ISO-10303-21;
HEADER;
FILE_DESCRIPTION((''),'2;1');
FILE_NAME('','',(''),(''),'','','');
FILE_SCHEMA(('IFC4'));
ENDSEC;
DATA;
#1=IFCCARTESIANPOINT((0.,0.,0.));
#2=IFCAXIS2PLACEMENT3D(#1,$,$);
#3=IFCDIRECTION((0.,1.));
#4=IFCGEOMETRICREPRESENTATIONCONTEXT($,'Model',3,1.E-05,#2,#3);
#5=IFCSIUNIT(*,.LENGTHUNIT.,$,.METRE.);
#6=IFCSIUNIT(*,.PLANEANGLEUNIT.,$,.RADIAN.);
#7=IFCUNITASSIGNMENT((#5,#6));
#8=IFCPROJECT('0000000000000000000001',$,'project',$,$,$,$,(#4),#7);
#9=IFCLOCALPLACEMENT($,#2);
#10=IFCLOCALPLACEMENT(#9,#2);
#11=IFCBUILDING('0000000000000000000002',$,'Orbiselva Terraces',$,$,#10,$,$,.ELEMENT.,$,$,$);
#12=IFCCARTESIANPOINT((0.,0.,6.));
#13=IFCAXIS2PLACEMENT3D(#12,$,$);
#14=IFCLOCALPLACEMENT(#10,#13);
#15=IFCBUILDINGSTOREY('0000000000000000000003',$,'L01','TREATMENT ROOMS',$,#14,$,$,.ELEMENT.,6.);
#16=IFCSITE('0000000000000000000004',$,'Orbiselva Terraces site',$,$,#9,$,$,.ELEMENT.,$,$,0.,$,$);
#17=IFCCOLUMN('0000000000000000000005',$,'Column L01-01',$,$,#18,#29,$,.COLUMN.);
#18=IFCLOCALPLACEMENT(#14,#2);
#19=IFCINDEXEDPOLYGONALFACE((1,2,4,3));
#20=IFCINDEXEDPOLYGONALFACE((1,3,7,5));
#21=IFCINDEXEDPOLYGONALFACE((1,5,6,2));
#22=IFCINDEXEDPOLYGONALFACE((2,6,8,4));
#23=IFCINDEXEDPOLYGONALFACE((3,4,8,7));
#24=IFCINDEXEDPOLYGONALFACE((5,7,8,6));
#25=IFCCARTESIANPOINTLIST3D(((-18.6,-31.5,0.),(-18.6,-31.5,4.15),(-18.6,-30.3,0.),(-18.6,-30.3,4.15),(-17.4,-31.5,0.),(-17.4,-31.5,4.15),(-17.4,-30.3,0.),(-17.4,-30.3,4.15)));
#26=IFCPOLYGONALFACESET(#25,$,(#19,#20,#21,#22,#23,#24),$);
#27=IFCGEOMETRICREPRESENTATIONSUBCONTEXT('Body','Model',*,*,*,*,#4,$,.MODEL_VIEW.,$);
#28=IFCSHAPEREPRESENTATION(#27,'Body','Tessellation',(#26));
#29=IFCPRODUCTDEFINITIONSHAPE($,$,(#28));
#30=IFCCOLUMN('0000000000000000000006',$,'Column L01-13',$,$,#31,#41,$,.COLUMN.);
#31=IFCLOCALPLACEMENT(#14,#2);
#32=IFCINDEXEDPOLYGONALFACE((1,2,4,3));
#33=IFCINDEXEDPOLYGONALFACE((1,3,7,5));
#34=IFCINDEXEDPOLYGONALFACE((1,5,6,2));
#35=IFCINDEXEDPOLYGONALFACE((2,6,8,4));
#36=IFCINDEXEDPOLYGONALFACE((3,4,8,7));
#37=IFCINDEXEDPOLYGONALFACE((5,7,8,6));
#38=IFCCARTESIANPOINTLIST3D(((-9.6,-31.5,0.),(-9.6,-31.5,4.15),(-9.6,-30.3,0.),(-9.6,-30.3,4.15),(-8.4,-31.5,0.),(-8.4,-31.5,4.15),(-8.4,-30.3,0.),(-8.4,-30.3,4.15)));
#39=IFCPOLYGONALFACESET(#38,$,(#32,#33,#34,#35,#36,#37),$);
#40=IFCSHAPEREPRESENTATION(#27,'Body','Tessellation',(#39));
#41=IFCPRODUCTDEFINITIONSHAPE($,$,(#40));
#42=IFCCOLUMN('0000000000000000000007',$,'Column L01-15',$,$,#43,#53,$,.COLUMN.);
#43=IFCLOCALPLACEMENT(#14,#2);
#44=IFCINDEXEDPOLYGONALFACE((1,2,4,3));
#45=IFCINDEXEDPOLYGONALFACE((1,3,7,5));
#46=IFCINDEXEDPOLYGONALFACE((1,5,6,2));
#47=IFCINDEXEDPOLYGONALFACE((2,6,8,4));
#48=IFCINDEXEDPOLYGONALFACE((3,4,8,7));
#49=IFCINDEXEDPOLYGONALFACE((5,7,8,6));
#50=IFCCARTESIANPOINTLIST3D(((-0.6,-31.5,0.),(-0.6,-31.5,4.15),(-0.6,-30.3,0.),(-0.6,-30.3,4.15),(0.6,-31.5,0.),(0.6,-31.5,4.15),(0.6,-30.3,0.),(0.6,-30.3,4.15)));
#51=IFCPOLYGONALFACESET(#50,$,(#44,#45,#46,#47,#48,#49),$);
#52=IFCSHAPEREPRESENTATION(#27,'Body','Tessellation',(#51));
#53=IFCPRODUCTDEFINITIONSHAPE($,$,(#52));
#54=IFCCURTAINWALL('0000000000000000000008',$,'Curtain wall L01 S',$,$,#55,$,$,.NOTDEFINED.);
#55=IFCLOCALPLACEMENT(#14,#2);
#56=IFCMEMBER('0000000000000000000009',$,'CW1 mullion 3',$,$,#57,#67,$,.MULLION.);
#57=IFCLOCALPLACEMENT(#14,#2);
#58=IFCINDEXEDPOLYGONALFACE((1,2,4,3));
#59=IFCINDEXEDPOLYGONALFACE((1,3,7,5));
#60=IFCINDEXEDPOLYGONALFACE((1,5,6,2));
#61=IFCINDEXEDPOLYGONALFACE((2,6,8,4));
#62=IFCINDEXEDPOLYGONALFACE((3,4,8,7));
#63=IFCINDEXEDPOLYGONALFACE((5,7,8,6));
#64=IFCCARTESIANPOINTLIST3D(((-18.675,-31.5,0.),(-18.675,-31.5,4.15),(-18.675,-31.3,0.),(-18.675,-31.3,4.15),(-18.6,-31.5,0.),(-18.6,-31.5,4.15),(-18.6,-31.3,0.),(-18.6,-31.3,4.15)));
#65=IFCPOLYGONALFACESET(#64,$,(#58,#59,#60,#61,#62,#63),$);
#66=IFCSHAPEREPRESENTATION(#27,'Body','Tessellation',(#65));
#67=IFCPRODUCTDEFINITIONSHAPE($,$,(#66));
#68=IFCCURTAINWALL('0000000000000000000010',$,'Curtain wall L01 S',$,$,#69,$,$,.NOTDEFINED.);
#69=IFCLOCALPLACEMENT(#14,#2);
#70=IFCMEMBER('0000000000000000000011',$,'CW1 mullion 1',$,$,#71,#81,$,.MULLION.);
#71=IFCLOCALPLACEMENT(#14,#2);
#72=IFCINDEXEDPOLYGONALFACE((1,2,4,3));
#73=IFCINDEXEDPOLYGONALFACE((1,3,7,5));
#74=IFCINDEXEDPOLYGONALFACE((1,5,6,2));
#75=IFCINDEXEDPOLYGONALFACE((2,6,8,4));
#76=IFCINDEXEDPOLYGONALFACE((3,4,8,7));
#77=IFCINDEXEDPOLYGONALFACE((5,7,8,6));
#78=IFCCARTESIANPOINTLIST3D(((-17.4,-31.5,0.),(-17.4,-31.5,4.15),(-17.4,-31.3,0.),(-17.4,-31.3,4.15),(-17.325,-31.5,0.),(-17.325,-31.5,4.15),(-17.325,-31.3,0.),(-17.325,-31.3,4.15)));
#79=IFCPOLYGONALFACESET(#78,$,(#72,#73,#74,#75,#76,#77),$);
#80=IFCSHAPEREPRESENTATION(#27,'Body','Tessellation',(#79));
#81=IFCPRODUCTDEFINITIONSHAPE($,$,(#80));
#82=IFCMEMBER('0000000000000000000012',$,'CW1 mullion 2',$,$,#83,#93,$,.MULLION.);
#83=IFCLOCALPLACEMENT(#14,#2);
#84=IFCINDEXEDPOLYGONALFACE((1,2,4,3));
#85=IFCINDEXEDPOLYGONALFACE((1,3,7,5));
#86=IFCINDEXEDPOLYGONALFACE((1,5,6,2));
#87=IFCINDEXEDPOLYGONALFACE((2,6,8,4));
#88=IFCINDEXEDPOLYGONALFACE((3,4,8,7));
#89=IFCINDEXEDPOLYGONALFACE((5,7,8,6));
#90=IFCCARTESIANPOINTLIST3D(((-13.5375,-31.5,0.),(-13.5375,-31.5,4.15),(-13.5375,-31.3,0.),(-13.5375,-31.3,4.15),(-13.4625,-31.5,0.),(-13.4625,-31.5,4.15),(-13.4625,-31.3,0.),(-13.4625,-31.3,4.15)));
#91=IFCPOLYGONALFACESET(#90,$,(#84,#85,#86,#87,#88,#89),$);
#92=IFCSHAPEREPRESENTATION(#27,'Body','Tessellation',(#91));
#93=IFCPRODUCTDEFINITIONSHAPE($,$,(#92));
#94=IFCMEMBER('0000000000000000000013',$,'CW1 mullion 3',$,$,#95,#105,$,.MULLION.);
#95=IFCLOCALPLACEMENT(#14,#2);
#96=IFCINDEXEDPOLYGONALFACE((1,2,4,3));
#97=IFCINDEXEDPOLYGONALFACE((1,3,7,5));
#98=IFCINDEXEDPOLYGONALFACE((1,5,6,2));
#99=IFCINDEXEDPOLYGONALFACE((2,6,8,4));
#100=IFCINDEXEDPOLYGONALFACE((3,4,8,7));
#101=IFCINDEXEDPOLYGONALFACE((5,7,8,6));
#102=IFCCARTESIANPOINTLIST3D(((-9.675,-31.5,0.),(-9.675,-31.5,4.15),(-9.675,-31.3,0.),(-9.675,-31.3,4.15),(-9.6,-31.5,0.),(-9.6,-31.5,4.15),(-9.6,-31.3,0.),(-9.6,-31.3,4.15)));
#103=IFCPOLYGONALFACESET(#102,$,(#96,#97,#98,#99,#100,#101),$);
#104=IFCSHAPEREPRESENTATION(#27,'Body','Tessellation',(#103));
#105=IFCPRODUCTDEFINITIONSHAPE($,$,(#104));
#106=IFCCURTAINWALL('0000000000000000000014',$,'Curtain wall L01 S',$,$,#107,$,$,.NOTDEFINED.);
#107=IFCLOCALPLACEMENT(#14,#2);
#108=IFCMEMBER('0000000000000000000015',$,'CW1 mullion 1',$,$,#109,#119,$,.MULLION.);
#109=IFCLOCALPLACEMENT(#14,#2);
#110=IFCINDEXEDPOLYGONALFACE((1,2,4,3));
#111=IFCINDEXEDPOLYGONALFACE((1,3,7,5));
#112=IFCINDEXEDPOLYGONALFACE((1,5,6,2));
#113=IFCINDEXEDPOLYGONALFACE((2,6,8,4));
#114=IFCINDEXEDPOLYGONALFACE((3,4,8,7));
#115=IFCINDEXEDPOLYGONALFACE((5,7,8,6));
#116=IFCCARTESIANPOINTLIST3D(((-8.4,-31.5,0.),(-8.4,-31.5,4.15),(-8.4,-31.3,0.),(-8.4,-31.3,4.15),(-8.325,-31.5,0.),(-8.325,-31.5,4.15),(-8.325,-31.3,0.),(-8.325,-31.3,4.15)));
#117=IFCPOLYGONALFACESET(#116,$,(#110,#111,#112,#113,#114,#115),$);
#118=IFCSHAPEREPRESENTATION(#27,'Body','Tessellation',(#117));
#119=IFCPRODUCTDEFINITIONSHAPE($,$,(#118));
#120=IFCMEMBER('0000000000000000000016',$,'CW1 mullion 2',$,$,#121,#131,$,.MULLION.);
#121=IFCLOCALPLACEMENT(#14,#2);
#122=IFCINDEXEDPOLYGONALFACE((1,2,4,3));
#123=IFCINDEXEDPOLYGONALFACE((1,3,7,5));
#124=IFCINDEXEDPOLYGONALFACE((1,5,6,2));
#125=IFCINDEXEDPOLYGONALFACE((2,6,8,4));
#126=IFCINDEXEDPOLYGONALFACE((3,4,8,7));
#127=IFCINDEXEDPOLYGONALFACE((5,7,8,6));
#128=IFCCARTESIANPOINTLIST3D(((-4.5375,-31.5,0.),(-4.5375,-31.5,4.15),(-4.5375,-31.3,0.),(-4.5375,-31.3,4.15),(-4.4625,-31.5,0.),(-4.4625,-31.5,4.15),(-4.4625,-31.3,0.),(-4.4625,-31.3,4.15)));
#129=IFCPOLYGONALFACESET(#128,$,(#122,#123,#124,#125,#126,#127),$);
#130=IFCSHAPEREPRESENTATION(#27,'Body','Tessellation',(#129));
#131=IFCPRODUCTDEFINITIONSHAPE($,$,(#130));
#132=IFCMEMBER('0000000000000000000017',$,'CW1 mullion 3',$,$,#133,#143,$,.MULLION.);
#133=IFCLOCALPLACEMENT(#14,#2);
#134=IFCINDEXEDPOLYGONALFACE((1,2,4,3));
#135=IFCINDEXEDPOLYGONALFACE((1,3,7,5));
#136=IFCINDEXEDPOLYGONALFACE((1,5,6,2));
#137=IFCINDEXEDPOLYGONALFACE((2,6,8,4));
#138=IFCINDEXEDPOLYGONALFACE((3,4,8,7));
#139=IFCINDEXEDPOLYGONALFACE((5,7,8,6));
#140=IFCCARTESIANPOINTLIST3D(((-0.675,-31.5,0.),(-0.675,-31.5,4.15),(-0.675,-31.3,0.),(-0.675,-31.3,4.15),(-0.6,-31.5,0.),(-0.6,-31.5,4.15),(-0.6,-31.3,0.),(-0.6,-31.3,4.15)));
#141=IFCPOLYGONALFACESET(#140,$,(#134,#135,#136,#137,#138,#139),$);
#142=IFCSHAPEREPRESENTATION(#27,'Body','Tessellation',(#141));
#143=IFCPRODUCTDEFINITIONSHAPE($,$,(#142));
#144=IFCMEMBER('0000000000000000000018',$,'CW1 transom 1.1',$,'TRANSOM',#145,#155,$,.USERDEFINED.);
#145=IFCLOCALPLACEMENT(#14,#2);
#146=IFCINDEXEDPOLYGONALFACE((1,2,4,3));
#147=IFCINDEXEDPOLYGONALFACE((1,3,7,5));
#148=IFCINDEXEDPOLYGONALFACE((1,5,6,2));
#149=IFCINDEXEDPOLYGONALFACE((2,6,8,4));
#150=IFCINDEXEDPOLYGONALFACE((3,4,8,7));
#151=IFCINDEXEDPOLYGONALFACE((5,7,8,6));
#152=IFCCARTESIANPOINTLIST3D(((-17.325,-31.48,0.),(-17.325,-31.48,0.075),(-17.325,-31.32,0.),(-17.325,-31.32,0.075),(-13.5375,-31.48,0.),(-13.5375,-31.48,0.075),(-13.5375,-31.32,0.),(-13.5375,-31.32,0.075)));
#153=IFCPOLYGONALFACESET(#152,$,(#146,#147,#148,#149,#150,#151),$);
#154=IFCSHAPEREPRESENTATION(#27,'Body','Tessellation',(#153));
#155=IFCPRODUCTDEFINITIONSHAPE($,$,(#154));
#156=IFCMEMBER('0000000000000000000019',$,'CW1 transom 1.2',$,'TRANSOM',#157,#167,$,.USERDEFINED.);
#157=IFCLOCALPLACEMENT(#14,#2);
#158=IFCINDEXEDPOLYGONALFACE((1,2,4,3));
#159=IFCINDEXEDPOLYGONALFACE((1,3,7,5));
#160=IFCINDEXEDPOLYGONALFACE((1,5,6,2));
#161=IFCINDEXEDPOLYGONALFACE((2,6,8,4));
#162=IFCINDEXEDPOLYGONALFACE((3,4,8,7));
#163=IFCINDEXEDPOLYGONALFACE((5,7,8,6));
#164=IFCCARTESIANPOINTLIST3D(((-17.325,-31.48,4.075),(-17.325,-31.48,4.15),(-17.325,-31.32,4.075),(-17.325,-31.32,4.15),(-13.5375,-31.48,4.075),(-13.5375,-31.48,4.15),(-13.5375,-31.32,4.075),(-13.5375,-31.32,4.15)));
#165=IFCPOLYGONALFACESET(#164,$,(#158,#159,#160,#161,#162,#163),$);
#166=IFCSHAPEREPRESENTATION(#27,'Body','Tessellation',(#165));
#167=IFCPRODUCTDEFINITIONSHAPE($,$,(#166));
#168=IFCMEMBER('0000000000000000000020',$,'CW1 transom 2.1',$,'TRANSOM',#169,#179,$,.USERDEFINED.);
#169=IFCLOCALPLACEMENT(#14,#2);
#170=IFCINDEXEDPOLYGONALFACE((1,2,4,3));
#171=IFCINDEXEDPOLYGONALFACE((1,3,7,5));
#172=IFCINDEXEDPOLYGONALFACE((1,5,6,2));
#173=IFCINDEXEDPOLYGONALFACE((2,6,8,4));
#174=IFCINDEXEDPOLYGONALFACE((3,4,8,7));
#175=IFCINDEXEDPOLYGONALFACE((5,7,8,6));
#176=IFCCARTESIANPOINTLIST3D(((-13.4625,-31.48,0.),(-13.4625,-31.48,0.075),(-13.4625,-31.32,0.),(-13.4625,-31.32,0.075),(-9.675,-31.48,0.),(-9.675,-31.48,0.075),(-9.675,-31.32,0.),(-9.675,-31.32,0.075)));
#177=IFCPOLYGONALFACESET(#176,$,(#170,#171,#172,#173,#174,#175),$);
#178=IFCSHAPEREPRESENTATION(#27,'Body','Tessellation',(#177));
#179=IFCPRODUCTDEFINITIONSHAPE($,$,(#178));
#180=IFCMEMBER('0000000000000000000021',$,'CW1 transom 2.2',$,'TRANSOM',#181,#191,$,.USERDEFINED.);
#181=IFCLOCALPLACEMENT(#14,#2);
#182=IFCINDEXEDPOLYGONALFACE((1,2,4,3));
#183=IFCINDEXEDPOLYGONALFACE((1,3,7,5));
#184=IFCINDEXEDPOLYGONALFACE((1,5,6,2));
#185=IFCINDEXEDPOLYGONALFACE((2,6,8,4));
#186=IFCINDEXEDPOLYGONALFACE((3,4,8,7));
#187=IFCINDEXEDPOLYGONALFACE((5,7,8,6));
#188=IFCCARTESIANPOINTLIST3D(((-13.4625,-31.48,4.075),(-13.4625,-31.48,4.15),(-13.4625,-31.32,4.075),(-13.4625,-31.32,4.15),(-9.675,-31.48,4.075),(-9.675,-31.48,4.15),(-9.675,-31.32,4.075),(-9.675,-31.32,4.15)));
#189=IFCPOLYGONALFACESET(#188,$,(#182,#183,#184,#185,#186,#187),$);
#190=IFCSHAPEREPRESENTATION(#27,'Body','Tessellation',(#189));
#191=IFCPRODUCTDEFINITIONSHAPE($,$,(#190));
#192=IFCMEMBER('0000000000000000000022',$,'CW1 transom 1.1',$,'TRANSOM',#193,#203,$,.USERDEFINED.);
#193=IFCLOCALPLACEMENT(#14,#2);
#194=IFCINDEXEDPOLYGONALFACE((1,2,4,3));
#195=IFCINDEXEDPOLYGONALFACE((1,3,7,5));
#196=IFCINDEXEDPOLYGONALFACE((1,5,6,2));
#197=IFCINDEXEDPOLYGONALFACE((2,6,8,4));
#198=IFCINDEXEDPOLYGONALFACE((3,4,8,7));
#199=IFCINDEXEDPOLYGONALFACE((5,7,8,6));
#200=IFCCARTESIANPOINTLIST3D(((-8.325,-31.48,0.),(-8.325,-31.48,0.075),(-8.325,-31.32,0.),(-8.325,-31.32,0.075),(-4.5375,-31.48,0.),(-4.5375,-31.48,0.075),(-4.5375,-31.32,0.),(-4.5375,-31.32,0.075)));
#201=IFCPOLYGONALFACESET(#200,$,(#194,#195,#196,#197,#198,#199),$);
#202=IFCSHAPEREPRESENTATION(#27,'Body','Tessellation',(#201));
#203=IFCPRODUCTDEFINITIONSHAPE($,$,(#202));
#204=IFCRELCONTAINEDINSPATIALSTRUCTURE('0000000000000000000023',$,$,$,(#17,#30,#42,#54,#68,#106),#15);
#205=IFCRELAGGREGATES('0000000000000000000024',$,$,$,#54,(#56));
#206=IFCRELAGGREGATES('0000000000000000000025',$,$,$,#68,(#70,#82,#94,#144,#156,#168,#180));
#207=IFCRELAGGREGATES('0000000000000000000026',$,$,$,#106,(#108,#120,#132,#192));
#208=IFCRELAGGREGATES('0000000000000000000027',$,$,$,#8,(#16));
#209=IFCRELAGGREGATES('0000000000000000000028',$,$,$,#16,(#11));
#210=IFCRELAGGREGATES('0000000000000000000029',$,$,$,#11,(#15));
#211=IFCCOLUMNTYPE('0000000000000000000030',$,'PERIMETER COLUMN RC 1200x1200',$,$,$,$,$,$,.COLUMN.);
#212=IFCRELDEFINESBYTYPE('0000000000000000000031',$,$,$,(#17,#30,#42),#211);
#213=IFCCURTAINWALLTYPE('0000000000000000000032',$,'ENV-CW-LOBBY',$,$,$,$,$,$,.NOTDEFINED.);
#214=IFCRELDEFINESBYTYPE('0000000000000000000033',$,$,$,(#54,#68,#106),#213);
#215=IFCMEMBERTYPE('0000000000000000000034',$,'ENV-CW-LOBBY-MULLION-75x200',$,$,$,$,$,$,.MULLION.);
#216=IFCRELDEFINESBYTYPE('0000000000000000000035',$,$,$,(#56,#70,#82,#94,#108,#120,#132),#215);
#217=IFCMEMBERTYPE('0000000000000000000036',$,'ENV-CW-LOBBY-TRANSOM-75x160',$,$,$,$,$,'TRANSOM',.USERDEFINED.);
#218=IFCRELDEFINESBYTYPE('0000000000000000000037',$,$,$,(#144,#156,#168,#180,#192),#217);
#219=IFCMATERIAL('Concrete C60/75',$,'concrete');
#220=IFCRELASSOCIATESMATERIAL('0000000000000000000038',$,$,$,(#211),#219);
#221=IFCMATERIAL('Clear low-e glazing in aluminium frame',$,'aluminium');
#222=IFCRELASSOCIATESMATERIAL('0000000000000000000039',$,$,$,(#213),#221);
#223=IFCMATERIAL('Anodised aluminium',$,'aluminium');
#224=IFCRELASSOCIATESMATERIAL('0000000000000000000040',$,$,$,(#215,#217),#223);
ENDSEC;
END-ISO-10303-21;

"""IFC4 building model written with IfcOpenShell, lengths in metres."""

from ifc_helpers import new_model, si_unit, direction, frame, origin, origin_2d, place, context, subcontext, project, spatial, rectangle, extrude, material, material_profile, profile_set, type_object, element, aggregate, save


model = new_model("IFC4")

# Units and contexts
model_context = context("Model", 3, precision=1e-05, world=origin(), true_north=direction((0.0, 1.0)))
body_context = subcontext(model_context, "Body", "Model", "MODEL_VIEW")
ifc_project = project(units=[si_unit("LENGTHUNIT", "METRE"), si_unit("PLANEANGLEUNIT", "RADIAN")], contexts=[model_context])

# Site, building, storey
site_placement = place(None, origin())
site = spatial("IfcSite", under=ifc_project, at=site_placement, Name="Orbiselva Terraces site", CompositionType="ELEMENT", RefElevation=0.0)
building_placement = place(site_placement, origin())
building = spatial("IfcBuilding", under=site, at=building_placement, Name="Orbiselva Terraces", CompositionType="ELEMENT")
storey_placement = place(building_placement, frame((0.0, 0.0, 6.0)))
storey = spatial("IfcBuildingStorey", under=building, at=storey_placement, Name="L01", Description="TREATMENT ROOMS", CompositionType="ELEMENT", Elevation=6.0)

# Columns
ifc_material_1 = material(Name="Concrete C60/75", Category="concrete")
ifc_material_profile_1 = material_profile(ifc_material_1, rectangle(XDim=1.2, YDim=1.2, at=origin_2d()), Name="RC 1200x1200")
ifc_profile_set_1 = profile_set([ifc_material_profile_1], Name="Concrete C60/75")
column_type = type_object("IfcColumnType", Name="PERIMETER COLUMN RC 1200x1200", PredefinedType="COLUMN", material=ifc_profile_set_1)
for number, where, z_axis, x_axis, name in (
    (1, (-18.0, -30.9, 0.0), (0.0, 0.0, 1.0), (1.0, 0.0, 0.0), "Column L01-01"),
    (2, (-9.0, -30.9, 0.0), (0.0, 0.0, 1.0), (1.0, 0.0, 0.0), "Column L01-13"),
    (3, (0.0, -30.9, 0.0), (0.0, 0.0, 1.0), (1.0, 0.0, 0.0), "Column L01-15"),
):
    element("IfcColumn", number, at=place(storey_placement, frame(where, z_axis=z_axis, x_axis=x_axis)), inside=storey, type_object=column_type, Name=name, PredefinedType="COLUMN", context=body_context, shape_type="SweptSolid", body=[
        extrude(rectangle(XDim=1.2, YDim=1.2, at=origin_2d()), origin(), (0.0, 0.0, 1.0), 4.15),
    ])

# Curtain wall, member
ifc_material_2 = material(Name="Clear low-e glazing in aluminium frame", Category="aluminium")
curtain_wall_type = type_object("IfcCurtainWallType", Name="ENV-CW-LOBBY", PredefinedType="NOTDEFINED", material=ifc_material_2)
curtain_wall_1_placement = place(storey_placement, origin())
curtain_wall_1 = element("IfcCurtainWall", 4, at=curtain_wall_1_placement, inside=storey, type_object=curtain_wall_type, Name="Curtain wall L01 S", PredefinedType="NOTDEFINED")
ifc_material_3 = material(Name="Anodised aluminium", Category="aluminium")
ifc_material_profile_2 = material_profile(ifc_material_3, rectangle(XDim=0.2, YDim=0.075, at=origin_2d()), Name="AL 75x200")
ifc_profile_set_2 = profile_set([ifc_material_profile_2], Name="Anodised aluminium")
member_type_1 = type_object("IfcMemberType", Name="ENV-CW-LOBBY-MULLION-75x200", PredefinedType="MULLION", material=ifc_profile_set_2)
member_1_placement = place(storey_placement, frame((-18.6375, -31.4, 0.0), z_axis=(0.0, 0.0, 1.0), x_axis=(0.0, 1.0, 0.0)))
member_1 = element("IfcMember", 5, at=member_1_placement, type_object=member_type_1, Name="CW1 mullion 3", PredefinedType="MULLION", context=body_context, shape_type="SweptSolid", body=[
    extrude(rectangle(XDim=0.2, YDim=0.075, at=origin_2d()), origin(), (0.0, 0.0, 1.0), 4.15),
])

# Curtain walls, members
curtain_wall_2_placement = place(storey_placement, origin())
curtain_wall_2 = element("IfcCurtainWall", 6, at=curtain_wall_2_placement, inside=storey, type_object=curtain_wall_type, Name="Curtain wall L01 S", PredefinedType="NOTDEFINED")
member_2_placement = place(storey_placement, frame((-17.3625, -31.4, 0.0), z_axis=(0.0, 0.0, 1.0), x_axis=(0.0, 1.0, 0.0)))
member_2 = element("IfcMember", 7, at=member_2_placement, type_object=member_type_1, Name="CW1 mullion 1", PredefinedType="MULLION", context=body_context, shape_type="SweptSolid", body=[
    extrude(rectangle(XDim=0.2, YDim=0.075, at=origin_2d()), origin(), (0.0, 0.0, 1.0), 4.15),
])
member_3_placement = place(storey_placement, frame((-13.5, -31.4, 0.0), z_axis=(0.0, 0.0, 1.0), x_axis=(0.0, 1.0, 0.0)))
member_3 = element("IfcMember", 8, at=member_3_placement, type_object=member_type_1, Name="CW1 mullion 2", PredefinedType="MULLION", context=body_context, shape_type="SweptSolid", body=[
    extrude(rectangle(XDim=0.2, YDim=0.075, at=origin_2d()), origin(), (0.0, 0.0, 1.0), 4.15),
])
member_4_placement = place(storey_placement, frame((-9.6375, -31.4, 0.0), z_axis=(0.0, 0.0, 1.0), x_axis=(0.0, 1.0, 0.0)))
member_4 = element("IfcMember", 9, at=member_4_placement, type_object=member_type_1, Name="CW1 mullion 3", PredefinedType="MULLION", context=body_context, shape_type="SweptSolid", body=[
    extrude(rectangle(XDim=0.2, YDim=0.075, at=origin_2d()), origin(), (0.0, 0.0, 1.0), 4.15),
])
curtain_wall_3_placement = place(storey_placement, origin())
curtain_wall_3 = element("IfcCurtainWall", 10, at=curtain_wall_3_placement, inside=storey, type_object=curtain_wall_type, Name="Curtain wall L01 S", PredefinedType="NOTDEFINED")
member_5_placement = place(storey_placement, frame((-8.3625, -31.4, 0.0), z_axis=(0.0, 0.0, 1.0), x_axis=(0.0, 1.0, 0.0)))
member_5 = element("IfcMember", 11, at=member_5_placement, type_object=member_type_1, Name="CW1 mullion 1", PredefinedType="MULLION", context=body_context, shape_type="SweptSolid", body=[
    extrude(rectangle(XDim=0.2, YDim=0.075, at=origin_2d()), origin(), (0.0, 0.0, 1.0), 4.15),
])
member_6_placement = place(storey_placement, frame((-4.5, -31.4, 0.0), z_axis=(0.0, 0.0, 1.0), x_axis=(0.0, 1.0, 0.0)))
member_6 = element("IfcMember", 12, at=member_6_placement, type_object=member_type_1, Name="CW1 mullion 2", PredefinedType="MULLION", context=body_context, shape_type="SweptSolid", body=[
    extrude(rectangle(XDim=0.2, YDim=0.075, at=origin_2d()), origin(), (0.0, 0.0, 1.0), 4.15),
])
member_7_placement = place(storey_placement, frame((-0.6375, -31.4, 0.0), z_axis=(0.0, 0.0, 1.0), x_axis=(0.0, 1.0, 0.0)))
member_7 = element("IfcMember", 13, at=member_7_placement, type_object=member_type_1, Name="CW1 mullion 3", PredefinedType="MULLION", context=body_context, shape_type="SweptSolid", body=[
    extrude(rectangle(XDim=0.2, YDim=0.075, at=origin_2d()), origin(), (0.0, 0.0, 1.0), 4.15),
])

# Members
ifc_material_profile_3 = material_profile(ifc_material_3, rectangle(XDim=0.16, YDim=0.075, at=origin_2d()), Name="AL 75x160")
ifc_profile_set_3 = profile_set([ifc_material_profile_3], Name="Anodised aluminium")
member_type_2 = type_object("IfcMemberType", Name="ENV-CW-LOBBY-TRANSOM-75x160", ElementType="TRANSOM", PredefinedType="USERDEFINED", material=ifc_profile_set_3)
member_8_placement = place(storey_placement, frame((-17.325, -31.4, 0.0375), z_axis=(1.0, 0.0, 0.0), x_axis=(0.0, 1.0, 0.0)))
member_8 = element("IfcMember", 14, at=member_8_placement, type_object=member_type_2, Name="CW1 transom 1.1", ObjectType="TRANSOM", PredefinedType="USERDEFINED", context=body_context, shape_type="SweptSolid", body=[
    extrude(rectangle(XDim=0.16, YDim=0.075, at=origin_2d()), origin(), (0.0, 0.0, 1.0), 3.7875),
])
member_9_placement = place(storey_placement, frame((-17.325, -31.4, 4.1125), z_axis=(1.0, 0.0, 0.0), x_axis=(0.0, 1.0, 0.0)))
member_9 = element("IfcMember", 15, at=member_9_placement, type_object=member_type_2, Name="CW1 transom 1.2", ObjectType="TRANSOM", PredefinedType="USERDEFINED", context=body_context, shape_type="SweptSolid", body=[
    extrude(rectangle(XDim=0.16, YDim=0.075, at=origin_2d()), origin(), (0.0, 0.0, 1.0), 3.7875),
])
member_10_placement = place(storey_placement, frame((-13.4625, -31.4, 0.0375), z_axis=(1.0, 0.0, 0.0), x_axis=(0.0, 1.0, 0.0)))
member_10 = element("IfcMember", 16, at=member_10_placement, type_object=member_type_2, Name="CW1 transom 2.1", ObjectType="TRANSOM", PredefinedType="USERDEFINED", context=body_context, shape_type="SweptSolid", body=[
    extrude(rectangle(XDim=0.16, YDim=0.075, at=origin_2d()), origin(), (0.0, 0.0, 1.0), 3.7875),
])
member_11_placement = place(storey_placement, frame((-13.4625, -31.4, 4.1125), z_axis=(1.0, 0.0, 0.0), x_axis=(0.0, 1.0, 0.0)))
member_11 = element("IfcMember", 17, at=member_11_placement, type_object=member_type_2, Name="CW1 transom 2.2", ObjectType="TRANSOM", PredefinedType="USERDEFINED", context=body_context, shape_type="SweptSolid", body=[
    extrude(rectangle(XDim=0.16, YDim=0.075, at=origin_2d()), origin(), (0.0, 0.0, 1.0), 3.7875),
])
member_12_placement = place(storey_placement, frame((-8.325, -31.4, 0.0375), z_axis=(1.0, 0.0, 0.0), x_axis=(0.0, 1.0, 0.0)))
member_12 = element("IfcMember", 18, at=member_12_placement, type_object=member_type_2, Name="CW1 transom 1.1", ObjectType="TRANSOM", PredefinedType="USERDEFINED", context=body_context, shape_type="SweptSolid", body=[
    extrude(rectangle(XDim=0.16, YDim=0.075, at=origin_2d()), origin(), (0.0, 0.0, 1.0), 3.7875),
])

aggregate(curtain_wall_1, [member_1])
aggregate(curtain_wall_2, [member_2, member_3, member_4, member_8, member_9, member_10, member_11])
aggregate(curtain_wall_3, [member_5, member_6, member_7, member_12])

save(model, "model.ifc")
